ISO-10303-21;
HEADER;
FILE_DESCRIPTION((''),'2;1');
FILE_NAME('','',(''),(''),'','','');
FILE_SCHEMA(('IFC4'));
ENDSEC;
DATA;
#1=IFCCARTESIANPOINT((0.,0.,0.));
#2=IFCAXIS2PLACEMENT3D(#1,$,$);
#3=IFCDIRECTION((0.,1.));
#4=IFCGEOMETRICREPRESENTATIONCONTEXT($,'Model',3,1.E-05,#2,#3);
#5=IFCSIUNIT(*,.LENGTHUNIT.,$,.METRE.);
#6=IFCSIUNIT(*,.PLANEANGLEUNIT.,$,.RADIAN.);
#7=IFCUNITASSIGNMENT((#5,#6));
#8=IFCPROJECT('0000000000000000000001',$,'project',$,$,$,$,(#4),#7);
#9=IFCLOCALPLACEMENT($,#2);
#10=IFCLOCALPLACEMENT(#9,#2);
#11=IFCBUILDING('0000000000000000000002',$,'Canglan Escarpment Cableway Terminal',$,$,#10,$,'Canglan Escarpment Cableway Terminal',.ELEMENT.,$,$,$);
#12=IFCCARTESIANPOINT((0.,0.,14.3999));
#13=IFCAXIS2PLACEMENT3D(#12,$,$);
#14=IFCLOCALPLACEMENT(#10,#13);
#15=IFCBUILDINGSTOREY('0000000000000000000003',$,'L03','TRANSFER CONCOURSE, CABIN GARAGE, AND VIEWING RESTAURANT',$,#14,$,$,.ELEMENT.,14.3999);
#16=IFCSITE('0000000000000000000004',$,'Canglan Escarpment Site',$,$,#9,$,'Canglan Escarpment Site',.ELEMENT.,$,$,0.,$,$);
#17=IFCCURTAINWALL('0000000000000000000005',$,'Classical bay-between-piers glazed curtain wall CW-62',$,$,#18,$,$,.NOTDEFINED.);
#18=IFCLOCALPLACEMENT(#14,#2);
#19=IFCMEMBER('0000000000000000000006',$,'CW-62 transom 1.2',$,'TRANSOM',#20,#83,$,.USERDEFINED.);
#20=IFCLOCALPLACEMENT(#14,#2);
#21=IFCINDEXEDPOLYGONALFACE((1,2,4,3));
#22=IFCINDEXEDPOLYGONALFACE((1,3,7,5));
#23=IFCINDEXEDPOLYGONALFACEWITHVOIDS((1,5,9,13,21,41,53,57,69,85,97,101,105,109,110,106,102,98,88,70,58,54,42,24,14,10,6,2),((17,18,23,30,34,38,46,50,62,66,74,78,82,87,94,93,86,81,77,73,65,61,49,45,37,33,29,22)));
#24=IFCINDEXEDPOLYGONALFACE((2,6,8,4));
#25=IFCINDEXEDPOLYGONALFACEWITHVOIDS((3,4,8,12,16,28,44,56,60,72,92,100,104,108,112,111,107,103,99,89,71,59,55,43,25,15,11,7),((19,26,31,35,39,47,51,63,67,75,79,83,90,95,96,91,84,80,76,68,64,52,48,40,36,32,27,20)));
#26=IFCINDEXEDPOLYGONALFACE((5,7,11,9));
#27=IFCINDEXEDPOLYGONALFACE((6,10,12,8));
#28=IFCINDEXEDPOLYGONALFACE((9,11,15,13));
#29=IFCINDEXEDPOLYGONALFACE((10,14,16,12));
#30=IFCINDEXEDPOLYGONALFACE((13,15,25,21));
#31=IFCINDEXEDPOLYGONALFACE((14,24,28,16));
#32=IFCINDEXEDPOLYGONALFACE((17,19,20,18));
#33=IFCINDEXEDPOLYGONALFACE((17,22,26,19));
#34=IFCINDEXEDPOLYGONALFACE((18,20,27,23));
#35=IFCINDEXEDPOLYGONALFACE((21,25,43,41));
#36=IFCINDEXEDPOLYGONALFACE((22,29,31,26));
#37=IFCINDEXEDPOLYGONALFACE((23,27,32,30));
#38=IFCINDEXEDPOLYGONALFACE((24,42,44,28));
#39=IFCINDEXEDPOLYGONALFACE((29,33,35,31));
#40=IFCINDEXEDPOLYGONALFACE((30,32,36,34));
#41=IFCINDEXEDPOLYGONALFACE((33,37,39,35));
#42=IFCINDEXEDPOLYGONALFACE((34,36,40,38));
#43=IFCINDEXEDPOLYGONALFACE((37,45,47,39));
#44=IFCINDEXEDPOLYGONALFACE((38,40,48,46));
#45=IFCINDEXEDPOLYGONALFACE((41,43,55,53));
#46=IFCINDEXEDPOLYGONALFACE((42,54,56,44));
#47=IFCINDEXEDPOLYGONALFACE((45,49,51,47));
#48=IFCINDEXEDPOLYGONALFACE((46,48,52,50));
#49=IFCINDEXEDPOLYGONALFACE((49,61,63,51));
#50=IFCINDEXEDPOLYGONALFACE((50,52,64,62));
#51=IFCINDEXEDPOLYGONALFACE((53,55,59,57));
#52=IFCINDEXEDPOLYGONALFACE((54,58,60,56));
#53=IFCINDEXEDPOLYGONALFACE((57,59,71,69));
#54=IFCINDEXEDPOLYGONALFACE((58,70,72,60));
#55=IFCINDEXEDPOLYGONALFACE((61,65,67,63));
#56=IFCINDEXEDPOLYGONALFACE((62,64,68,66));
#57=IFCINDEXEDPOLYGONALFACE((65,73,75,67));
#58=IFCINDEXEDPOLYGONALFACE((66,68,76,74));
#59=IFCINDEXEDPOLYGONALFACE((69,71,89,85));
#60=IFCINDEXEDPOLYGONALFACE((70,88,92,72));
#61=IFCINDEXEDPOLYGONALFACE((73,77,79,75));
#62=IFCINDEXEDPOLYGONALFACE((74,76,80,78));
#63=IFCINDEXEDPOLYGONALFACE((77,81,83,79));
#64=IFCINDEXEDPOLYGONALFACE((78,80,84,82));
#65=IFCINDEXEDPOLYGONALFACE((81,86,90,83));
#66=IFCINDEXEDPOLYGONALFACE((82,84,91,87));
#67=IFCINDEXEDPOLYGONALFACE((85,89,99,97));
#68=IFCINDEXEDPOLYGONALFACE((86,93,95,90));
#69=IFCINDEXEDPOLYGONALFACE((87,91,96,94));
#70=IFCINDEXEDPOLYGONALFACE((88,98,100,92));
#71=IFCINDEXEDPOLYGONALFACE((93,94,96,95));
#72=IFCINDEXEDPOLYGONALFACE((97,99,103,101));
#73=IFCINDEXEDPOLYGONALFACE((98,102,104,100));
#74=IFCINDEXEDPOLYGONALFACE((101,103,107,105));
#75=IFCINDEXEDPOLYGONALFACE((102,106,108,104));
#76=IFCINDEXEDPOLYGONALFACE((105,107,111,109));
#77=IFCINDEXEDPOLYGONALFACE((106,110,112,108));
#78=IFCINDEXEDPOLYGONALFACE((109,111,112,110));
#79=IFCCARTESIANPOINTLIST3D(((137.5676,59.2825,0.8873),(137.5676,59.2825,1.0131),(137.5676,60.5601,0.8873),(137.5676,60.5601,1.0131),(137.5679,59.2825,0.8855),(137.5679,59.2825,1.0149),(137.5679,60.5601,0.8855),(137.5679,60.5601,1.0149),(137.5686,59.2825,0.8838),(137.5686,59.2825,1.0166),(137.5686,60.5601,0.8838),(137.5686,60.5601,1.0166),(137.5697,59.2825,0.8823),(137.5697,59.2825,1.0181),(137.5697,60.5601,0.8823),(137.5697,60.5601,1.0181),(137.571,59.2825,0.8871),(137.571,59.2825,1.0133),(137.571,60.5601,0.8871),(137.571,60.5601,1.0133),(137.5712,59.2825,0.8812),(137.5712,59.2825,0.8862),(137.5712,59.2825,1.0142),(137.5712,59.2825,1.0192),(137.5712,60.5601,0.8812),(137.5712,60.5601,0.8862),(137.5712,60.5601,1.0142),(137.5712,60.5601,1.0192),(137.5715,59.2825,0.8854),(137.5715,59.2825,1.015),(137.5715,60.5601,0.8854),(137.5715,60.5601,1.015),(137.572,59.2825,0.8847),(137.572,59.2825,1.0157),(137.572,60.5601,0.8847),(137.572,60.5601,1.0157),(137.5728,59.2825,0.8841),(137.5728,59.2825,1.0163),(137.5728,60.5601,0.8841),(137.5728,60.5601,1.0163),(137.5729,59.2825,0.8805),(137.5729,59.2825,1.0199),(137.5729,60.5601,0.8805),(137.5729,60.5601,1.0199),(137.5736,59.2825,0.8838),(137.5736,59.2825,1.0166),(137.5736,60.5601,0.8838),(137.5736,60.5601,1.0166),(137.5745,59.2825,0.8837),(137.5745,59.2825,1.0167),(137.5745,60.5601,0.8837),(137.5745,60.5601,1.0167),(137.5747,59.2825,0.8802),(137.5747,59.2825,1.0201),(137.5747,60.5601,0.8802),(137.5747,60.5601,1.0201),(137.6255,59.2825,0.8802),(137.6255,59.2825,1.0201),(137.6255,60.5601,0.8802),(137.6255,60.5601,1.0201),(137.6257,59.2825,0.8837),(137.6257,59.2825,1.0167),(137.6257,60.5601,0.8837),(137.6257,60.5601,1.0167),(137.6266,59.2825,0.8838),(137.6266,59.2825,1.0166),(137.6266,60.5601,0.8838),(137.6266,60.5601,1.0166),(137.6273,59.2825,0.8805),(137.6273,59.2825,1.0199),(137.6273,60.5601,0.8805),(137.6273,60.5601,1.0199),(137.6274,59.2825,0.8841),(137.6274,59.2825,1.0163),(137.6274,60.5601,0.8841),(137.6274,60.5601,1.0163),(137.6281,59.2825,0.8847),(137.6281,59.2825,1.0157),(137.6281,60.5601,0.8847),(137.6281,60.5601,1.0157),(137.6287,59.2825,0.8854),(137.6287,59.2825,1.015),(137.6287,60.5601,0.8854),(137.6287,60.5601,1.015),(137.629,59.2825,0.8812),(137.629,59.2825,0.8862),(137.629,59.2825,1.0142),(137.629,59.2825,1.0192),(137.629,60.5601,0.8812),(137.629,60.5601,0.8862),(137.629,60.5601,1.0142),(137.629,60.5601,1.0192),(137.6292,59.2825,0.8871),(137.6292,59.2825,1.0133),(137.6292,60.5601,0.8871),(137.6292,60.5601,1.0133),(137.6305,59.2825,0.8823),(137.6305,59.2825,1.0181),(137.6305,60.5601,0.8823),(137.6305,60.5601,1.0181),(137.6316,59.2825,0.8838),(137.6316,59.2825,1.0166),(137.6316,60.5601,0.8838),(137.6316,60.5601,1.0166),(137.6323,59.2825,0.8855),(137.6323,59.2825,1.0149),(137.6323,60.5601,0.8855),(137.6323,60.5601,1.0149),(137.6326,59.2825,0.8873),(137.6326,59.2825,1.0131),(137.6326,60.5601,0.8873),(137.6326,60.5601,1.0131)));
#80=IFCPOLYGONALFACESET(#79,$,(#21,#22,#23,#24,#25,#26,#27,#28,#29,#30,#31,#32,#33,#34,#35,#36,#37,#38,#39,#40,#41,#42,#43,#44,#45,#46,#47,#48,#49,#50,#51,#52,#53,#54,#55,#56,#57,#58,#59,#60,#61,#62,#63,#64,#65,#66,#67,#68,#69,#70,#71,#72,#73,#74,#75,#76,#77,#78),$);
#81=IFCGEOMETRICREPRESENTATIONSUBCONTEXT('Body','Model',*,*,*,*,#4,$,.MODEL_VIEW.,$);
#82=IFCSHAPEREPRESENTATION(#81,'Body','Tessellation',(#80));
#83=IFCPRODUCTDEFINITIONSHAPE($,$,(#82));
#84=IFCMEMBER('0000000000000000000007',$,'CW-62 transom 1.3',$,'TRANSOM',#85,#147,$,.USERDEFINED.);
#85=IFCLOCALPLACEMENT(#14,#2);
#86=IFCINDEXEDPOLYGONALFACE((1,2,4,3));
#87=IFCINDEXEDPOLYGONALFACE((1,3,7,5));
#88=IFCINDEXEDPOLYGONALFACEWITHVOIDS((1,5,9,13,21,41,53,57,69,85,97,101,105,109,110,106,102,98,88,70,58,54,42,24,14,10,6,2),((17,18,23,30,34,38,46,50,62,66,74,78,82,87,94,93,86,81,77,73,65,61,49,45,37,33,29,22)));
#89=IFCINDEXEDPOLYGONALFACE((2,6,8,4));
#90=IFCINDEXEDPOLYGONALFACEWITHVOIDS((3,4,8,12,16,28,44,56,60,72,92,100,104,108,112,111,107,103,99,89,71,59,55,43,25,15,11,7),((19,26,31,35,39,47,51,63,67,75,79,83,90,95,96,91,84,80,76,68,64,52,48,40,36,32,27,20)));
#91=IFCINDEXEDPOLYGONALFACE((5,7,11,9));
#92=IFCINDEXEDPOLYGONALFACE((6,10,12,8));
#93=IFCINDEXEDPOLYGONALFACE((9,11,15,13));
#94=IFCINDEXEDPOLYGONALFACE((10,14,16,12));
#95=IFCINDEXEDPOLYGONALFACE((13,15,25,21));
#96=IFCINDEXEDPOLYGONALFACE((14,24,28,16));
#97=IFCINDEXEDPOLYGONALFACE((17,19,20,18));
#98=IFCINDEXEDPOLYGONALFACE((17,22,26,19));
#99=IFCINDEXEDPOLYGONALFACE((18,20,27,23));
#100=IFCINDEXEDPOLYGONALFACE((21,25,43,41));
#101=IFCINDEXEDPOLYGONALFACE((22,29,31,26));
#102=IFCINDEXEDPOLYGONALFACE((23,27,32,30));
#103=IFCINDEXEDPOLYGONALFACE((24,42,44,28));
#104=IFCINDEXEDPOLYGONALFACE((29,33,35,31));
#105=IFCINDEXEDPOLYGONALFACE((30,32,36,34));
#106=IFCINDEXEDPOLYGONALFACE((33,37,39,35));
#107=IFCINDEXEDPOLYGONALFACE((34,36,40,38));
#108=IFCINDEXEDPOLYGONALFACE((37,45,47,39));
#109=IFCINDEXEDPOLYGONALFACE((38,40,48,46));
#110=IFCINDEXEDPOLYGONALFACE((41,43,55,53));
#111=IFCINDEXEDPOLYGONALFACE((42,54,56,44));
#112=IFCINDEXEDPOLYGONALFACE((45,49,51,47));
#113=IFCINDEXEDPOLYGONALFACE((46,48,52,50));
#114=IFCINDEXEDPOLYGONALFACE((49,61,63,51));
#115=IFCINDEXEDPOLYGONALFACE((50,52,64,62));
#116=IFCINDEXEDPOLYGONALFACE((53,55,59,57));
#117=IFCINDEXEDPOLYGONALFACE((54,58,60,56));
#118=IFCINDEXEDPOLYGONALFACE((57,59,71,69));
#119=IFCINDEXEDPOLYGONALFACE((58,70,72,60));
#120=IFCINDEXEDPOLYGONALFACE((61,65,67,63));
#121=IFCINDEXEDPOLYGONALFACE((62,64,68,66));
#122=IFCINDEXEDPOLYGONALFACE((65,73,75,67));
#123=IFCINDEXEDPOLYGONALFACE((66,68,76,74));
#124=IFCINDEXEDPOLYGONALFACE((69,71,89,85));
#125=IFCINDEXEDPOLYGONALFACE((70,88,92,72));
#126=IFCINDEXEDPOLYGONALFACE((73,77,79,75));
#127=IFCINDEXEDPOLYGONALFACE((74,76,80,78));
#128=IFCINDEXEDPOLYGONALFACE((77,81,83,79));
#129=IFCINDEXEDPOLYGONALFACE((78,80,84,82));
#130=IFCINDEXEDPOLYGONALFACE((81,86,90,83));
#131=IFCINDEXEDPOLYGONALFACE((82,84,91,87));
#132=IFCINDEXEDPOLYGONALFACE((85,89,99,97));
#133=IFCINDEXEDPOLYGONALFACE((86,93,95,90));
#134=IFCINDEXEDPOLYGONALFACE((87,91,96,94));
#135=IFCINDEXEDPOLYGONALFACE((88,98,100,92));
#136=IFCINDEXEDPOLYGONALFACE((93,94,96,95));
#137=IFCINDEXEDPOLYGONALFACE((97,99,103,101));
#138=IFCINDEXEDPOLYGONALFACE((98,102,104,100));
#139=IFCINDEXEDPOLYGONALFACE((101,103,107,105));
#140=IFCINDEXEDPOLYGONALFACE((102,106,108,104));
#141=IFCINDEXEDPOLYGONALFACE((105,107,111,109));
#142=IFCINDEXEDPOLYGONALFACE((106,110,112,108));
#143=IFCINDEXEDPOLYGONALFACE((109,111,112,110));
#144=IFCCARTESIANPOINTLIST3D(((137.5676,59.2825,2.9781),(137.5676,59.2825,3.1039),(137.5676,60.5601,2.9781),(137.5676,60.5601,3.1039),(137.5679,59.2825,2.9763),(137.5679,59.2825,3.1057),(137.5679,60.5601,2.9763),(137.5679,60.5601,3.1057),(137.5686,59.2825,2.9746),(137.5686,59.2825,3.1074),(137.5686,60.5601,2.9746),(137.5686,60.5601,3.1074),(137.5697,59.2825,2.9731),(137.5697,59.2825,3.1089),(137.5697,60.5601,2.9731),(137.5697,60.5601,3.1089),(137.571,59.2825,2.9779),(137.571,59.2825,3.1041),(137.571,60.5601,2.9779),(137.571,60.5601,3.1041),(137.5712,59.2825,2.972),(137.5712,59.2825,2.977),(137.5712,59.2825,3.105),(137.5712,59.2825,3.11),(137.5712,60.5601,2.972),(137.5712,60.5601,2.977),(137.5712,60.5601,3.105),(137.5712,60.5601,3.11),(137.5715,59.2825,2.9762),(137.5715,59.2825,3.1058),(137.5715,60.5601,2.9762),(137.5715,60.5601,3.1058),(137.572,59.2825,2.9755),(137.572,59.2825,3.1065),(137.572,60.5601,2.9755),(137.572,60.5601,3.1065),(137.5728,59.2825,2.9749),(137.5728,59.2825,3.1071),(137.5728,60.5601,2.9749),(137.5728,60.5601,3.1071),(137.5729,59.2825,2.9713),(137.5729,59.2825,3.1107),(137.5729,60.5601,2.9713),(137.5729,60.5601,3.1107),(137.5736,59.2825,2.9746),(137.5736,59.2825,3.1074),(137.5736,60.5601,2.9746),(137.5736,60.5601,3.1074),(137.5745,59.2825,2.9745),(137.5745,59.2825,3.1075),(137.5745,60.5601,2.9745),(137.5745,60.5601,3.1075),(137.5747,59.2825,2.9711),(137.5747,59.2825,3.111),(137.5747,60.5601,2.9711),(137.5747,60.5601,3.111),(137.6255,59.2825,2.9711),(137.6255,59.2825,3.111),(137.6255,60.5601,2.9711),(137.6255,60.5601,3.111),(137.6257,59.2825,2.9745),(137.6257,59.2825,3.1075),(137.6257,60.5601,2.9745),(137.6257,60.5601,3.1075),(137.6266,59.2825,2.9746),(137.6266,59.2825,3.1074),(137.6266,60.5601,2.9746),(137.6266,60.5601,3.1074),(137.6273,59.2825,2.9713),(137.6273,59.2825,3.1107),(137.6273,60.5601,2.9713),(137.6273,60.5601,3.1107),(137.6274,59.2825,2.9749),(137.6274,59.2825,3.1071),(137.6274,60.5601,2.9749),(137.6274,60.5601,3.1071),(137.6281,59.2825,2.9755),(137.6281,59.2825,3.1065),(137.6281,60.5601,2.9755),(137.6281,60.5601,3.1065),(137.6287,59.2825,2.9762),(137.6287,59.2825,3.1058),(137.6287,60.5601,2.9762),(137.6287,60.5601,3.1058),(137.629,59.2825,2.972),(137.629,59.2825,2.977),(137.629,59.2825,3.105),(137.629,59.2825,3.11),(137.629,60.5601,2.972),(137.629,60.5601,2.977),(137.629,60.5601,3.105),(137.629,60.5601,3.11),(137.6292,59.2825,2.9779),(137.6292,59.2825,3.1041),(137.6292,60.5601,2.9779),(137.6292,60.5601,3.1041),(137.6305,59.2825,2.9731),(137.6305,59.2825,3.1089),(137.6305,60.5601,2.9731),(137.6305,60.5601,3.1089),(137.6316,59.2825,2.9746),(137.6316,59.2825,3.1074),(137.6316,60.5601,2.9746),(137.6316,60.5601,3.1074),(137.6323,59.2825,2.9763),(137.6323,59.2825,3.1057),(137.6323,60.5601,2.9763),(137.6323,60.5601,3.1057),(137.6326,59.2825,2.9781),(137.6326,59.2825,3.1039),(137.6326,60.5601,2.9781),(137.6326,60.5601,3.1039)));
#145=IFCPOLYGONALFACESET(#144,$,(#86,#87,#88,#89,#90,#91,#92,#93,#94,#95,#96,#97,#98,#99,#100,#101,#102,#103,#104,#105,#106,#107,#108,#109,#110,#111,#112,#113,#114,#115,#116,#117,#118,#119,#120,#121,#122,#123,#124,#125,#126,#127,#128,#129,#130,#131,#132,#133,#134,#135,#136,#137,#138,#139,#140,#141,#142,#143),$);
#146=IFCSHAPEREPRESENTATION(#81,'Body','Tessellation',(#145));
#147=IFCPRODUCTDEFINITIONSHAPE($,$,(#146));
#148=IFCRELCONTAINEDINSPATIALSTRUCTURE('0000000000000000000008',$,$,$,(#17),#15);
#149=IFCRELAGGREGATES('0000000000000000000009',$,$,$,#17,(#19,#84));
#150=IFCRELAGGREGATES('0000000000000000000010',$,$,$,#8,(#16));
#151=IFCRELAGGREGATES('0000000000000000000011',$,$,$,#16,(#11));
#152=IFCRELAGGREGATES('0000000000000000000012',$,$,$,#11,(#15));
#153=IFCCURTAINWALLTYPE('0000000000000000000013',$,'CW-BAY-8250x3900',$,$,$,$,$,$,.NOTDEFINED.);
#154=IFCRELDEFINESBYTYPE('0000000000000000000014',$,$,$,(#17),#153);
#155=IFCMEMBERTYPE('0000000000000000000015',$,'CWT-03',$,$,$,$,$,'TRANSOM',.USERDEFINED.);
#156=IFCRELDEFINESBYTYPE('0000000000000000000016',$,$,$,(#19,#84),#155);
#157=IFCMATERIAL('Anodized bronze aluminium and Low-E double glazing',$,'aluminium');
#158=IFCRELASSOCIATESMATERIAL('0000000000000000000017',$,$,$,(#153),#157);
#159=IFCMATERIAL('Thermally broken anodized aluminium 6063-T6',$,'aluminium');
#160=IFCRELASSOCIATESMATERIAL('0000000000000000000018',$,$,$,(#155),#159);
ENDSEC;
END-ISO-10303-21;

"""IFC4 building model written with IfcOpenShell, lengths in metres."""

from ifc_helpers import new_model, si_unit, direction, frame, origin, origin_2d, place, context, subcontext, project, spatial, hollow_rectangle, extrude, material, material_profile, profile_set, type_object, element, aggregate, save


model = new_model("IFC4")

# Units and contexts
model_context = context("Model", 3, precision=1e-05, world=origin(), true_north=direction((0.0, 1.0)))
body_context = subcontext(model_context, "Body", "Model", "MODEL_VIEW")
ifc_project = project(units=[si_unit("LENGTHUNIT", "METRE"), si_unit("PLANEANGLEUNIT", "RADIAN")], contexts=[model_context])

# Site, building, storey
site_placement = place(None, origin())
site = spatial("IfcSite", under=ifc_project, at=site_placement, Name="Canglan Escarpment Site", LongName="Canglan Escarpment Site", CompositionType="ELEMENT", RefElevation=0.0)
building_placement = place(site_placement, origin())
building = spatial("IfcBuilding", under=site, at=building_placement, Name="Canglan Escarpment Cableway Terminal", LongName="Canglan Escarpment Cableway Terminal", CompositionType="ELEMENT")
storey_placement = place(building_placement, frame((0.0, 0.0, 14.3999)))
storey = spatial("IfcBuildingStorey", under=building, at=storey_placement, Name="L03", Description="TRANSFER CONCOURSE, CABIN GARAGE, AND VIEWING RESTAURANT", CompositionType="ELEMENT", Elevation=14.3999)

# Curtain wall, members
ifc_material_1 = material(Name="Anodized bronze aluminium and Low-E double glazing", Category="aluminium")
curtain_wall_type = type_object("IfcCurtainWallType", Name="CW-BAY-8250x3900", PredefinedType="NOTDEFINED", material=ifc_material_1)
curtain_wall_placement = place(storey_placement, origin())
curtain_wall = element("IfcCurtainWall", 1, at=curtain_wall_placement, inside=storey, type_object=curtain_wall_type, Name="Classical bay-between-piers glazed curtain wall CW-62", PredefinedType="NOTDEFINED")
ifc_material_2 = material(Name="Thermally broken anodized aluminium 6063-T6", Category="aluminium")
ifc_material_profile_1 = material_profile(ifc_material_2, hollow_rectangle(XDim=0.0649, YDim=0.1399, WallThickness=0.0034, InnerFilletRadius=0.0034, OuterFilletRadius=0.0071, at=origin_2d()), Name="ALU-TRAN 65x140x3.5")
ifc_profile_set_1 = profile_set([ifc_material_profile_1], Name="Thermally broken anodized aluminium 6063-T6")
member_type_1 = type_object("IfcMemberType", Name="CWT-03", ElementType="TRANSOM", PredefinedType="USERDEFINED", material=ifc_profile_set_1)
member_1_placement = place(storey_placement, frame((137.6001, 60.5601, 0.9502), z_axis=(0.0, -1.0, 0.0), x_axis=(1.0, 0.0, 0.0)))
member_1 = element("IfcMember", 2, at=member_1_placement, type_object=member_type_1, Name="CW-62 transom 1.2", ObjectType="TRANSOM", PredefinedType="USERDEFINED", context=body_context, shape_type="SweptSolid", body=[
    extrude(hollow_rectangle(XDim=0.0649, YDim=0.1399, WallThickness=0.0034, InnerFilletRadius=0.0034, OuterFilletRadius=0.0071, at=origin_2d()), origin(), (0.0, 0.0, 1.0), 1.2776),
])
member_2_placement = place(storey_placement, frame((137.6001, 60.5601, 3.041), z_axis=(0.0, -1.0, 0.0), x_axis=(1.0, 0.0, 0.0)))
member_2 = element("IfcMember", 3, at=member_2_placement, type_object=member_type_1, Name="CW-62 transom 1.3", ObjectType="TRANSOM", PredefinedType="USERDEFINED", context=body_context, shape_type="SweptSolid", body=[
    extrude(hollow_rectangle(XDim=0.0649, YDim=0.1399, WallThickness=0.0034, InnerFilletRadius=0.0034, OuterFilletRadius=0.0071, at=origin_2d()), origin(), (0.0, 0.0, 1.0), 1.2776),
])
aggregate(curtain_wall, [member_1, member_2])

save(model, "model.ifc")
